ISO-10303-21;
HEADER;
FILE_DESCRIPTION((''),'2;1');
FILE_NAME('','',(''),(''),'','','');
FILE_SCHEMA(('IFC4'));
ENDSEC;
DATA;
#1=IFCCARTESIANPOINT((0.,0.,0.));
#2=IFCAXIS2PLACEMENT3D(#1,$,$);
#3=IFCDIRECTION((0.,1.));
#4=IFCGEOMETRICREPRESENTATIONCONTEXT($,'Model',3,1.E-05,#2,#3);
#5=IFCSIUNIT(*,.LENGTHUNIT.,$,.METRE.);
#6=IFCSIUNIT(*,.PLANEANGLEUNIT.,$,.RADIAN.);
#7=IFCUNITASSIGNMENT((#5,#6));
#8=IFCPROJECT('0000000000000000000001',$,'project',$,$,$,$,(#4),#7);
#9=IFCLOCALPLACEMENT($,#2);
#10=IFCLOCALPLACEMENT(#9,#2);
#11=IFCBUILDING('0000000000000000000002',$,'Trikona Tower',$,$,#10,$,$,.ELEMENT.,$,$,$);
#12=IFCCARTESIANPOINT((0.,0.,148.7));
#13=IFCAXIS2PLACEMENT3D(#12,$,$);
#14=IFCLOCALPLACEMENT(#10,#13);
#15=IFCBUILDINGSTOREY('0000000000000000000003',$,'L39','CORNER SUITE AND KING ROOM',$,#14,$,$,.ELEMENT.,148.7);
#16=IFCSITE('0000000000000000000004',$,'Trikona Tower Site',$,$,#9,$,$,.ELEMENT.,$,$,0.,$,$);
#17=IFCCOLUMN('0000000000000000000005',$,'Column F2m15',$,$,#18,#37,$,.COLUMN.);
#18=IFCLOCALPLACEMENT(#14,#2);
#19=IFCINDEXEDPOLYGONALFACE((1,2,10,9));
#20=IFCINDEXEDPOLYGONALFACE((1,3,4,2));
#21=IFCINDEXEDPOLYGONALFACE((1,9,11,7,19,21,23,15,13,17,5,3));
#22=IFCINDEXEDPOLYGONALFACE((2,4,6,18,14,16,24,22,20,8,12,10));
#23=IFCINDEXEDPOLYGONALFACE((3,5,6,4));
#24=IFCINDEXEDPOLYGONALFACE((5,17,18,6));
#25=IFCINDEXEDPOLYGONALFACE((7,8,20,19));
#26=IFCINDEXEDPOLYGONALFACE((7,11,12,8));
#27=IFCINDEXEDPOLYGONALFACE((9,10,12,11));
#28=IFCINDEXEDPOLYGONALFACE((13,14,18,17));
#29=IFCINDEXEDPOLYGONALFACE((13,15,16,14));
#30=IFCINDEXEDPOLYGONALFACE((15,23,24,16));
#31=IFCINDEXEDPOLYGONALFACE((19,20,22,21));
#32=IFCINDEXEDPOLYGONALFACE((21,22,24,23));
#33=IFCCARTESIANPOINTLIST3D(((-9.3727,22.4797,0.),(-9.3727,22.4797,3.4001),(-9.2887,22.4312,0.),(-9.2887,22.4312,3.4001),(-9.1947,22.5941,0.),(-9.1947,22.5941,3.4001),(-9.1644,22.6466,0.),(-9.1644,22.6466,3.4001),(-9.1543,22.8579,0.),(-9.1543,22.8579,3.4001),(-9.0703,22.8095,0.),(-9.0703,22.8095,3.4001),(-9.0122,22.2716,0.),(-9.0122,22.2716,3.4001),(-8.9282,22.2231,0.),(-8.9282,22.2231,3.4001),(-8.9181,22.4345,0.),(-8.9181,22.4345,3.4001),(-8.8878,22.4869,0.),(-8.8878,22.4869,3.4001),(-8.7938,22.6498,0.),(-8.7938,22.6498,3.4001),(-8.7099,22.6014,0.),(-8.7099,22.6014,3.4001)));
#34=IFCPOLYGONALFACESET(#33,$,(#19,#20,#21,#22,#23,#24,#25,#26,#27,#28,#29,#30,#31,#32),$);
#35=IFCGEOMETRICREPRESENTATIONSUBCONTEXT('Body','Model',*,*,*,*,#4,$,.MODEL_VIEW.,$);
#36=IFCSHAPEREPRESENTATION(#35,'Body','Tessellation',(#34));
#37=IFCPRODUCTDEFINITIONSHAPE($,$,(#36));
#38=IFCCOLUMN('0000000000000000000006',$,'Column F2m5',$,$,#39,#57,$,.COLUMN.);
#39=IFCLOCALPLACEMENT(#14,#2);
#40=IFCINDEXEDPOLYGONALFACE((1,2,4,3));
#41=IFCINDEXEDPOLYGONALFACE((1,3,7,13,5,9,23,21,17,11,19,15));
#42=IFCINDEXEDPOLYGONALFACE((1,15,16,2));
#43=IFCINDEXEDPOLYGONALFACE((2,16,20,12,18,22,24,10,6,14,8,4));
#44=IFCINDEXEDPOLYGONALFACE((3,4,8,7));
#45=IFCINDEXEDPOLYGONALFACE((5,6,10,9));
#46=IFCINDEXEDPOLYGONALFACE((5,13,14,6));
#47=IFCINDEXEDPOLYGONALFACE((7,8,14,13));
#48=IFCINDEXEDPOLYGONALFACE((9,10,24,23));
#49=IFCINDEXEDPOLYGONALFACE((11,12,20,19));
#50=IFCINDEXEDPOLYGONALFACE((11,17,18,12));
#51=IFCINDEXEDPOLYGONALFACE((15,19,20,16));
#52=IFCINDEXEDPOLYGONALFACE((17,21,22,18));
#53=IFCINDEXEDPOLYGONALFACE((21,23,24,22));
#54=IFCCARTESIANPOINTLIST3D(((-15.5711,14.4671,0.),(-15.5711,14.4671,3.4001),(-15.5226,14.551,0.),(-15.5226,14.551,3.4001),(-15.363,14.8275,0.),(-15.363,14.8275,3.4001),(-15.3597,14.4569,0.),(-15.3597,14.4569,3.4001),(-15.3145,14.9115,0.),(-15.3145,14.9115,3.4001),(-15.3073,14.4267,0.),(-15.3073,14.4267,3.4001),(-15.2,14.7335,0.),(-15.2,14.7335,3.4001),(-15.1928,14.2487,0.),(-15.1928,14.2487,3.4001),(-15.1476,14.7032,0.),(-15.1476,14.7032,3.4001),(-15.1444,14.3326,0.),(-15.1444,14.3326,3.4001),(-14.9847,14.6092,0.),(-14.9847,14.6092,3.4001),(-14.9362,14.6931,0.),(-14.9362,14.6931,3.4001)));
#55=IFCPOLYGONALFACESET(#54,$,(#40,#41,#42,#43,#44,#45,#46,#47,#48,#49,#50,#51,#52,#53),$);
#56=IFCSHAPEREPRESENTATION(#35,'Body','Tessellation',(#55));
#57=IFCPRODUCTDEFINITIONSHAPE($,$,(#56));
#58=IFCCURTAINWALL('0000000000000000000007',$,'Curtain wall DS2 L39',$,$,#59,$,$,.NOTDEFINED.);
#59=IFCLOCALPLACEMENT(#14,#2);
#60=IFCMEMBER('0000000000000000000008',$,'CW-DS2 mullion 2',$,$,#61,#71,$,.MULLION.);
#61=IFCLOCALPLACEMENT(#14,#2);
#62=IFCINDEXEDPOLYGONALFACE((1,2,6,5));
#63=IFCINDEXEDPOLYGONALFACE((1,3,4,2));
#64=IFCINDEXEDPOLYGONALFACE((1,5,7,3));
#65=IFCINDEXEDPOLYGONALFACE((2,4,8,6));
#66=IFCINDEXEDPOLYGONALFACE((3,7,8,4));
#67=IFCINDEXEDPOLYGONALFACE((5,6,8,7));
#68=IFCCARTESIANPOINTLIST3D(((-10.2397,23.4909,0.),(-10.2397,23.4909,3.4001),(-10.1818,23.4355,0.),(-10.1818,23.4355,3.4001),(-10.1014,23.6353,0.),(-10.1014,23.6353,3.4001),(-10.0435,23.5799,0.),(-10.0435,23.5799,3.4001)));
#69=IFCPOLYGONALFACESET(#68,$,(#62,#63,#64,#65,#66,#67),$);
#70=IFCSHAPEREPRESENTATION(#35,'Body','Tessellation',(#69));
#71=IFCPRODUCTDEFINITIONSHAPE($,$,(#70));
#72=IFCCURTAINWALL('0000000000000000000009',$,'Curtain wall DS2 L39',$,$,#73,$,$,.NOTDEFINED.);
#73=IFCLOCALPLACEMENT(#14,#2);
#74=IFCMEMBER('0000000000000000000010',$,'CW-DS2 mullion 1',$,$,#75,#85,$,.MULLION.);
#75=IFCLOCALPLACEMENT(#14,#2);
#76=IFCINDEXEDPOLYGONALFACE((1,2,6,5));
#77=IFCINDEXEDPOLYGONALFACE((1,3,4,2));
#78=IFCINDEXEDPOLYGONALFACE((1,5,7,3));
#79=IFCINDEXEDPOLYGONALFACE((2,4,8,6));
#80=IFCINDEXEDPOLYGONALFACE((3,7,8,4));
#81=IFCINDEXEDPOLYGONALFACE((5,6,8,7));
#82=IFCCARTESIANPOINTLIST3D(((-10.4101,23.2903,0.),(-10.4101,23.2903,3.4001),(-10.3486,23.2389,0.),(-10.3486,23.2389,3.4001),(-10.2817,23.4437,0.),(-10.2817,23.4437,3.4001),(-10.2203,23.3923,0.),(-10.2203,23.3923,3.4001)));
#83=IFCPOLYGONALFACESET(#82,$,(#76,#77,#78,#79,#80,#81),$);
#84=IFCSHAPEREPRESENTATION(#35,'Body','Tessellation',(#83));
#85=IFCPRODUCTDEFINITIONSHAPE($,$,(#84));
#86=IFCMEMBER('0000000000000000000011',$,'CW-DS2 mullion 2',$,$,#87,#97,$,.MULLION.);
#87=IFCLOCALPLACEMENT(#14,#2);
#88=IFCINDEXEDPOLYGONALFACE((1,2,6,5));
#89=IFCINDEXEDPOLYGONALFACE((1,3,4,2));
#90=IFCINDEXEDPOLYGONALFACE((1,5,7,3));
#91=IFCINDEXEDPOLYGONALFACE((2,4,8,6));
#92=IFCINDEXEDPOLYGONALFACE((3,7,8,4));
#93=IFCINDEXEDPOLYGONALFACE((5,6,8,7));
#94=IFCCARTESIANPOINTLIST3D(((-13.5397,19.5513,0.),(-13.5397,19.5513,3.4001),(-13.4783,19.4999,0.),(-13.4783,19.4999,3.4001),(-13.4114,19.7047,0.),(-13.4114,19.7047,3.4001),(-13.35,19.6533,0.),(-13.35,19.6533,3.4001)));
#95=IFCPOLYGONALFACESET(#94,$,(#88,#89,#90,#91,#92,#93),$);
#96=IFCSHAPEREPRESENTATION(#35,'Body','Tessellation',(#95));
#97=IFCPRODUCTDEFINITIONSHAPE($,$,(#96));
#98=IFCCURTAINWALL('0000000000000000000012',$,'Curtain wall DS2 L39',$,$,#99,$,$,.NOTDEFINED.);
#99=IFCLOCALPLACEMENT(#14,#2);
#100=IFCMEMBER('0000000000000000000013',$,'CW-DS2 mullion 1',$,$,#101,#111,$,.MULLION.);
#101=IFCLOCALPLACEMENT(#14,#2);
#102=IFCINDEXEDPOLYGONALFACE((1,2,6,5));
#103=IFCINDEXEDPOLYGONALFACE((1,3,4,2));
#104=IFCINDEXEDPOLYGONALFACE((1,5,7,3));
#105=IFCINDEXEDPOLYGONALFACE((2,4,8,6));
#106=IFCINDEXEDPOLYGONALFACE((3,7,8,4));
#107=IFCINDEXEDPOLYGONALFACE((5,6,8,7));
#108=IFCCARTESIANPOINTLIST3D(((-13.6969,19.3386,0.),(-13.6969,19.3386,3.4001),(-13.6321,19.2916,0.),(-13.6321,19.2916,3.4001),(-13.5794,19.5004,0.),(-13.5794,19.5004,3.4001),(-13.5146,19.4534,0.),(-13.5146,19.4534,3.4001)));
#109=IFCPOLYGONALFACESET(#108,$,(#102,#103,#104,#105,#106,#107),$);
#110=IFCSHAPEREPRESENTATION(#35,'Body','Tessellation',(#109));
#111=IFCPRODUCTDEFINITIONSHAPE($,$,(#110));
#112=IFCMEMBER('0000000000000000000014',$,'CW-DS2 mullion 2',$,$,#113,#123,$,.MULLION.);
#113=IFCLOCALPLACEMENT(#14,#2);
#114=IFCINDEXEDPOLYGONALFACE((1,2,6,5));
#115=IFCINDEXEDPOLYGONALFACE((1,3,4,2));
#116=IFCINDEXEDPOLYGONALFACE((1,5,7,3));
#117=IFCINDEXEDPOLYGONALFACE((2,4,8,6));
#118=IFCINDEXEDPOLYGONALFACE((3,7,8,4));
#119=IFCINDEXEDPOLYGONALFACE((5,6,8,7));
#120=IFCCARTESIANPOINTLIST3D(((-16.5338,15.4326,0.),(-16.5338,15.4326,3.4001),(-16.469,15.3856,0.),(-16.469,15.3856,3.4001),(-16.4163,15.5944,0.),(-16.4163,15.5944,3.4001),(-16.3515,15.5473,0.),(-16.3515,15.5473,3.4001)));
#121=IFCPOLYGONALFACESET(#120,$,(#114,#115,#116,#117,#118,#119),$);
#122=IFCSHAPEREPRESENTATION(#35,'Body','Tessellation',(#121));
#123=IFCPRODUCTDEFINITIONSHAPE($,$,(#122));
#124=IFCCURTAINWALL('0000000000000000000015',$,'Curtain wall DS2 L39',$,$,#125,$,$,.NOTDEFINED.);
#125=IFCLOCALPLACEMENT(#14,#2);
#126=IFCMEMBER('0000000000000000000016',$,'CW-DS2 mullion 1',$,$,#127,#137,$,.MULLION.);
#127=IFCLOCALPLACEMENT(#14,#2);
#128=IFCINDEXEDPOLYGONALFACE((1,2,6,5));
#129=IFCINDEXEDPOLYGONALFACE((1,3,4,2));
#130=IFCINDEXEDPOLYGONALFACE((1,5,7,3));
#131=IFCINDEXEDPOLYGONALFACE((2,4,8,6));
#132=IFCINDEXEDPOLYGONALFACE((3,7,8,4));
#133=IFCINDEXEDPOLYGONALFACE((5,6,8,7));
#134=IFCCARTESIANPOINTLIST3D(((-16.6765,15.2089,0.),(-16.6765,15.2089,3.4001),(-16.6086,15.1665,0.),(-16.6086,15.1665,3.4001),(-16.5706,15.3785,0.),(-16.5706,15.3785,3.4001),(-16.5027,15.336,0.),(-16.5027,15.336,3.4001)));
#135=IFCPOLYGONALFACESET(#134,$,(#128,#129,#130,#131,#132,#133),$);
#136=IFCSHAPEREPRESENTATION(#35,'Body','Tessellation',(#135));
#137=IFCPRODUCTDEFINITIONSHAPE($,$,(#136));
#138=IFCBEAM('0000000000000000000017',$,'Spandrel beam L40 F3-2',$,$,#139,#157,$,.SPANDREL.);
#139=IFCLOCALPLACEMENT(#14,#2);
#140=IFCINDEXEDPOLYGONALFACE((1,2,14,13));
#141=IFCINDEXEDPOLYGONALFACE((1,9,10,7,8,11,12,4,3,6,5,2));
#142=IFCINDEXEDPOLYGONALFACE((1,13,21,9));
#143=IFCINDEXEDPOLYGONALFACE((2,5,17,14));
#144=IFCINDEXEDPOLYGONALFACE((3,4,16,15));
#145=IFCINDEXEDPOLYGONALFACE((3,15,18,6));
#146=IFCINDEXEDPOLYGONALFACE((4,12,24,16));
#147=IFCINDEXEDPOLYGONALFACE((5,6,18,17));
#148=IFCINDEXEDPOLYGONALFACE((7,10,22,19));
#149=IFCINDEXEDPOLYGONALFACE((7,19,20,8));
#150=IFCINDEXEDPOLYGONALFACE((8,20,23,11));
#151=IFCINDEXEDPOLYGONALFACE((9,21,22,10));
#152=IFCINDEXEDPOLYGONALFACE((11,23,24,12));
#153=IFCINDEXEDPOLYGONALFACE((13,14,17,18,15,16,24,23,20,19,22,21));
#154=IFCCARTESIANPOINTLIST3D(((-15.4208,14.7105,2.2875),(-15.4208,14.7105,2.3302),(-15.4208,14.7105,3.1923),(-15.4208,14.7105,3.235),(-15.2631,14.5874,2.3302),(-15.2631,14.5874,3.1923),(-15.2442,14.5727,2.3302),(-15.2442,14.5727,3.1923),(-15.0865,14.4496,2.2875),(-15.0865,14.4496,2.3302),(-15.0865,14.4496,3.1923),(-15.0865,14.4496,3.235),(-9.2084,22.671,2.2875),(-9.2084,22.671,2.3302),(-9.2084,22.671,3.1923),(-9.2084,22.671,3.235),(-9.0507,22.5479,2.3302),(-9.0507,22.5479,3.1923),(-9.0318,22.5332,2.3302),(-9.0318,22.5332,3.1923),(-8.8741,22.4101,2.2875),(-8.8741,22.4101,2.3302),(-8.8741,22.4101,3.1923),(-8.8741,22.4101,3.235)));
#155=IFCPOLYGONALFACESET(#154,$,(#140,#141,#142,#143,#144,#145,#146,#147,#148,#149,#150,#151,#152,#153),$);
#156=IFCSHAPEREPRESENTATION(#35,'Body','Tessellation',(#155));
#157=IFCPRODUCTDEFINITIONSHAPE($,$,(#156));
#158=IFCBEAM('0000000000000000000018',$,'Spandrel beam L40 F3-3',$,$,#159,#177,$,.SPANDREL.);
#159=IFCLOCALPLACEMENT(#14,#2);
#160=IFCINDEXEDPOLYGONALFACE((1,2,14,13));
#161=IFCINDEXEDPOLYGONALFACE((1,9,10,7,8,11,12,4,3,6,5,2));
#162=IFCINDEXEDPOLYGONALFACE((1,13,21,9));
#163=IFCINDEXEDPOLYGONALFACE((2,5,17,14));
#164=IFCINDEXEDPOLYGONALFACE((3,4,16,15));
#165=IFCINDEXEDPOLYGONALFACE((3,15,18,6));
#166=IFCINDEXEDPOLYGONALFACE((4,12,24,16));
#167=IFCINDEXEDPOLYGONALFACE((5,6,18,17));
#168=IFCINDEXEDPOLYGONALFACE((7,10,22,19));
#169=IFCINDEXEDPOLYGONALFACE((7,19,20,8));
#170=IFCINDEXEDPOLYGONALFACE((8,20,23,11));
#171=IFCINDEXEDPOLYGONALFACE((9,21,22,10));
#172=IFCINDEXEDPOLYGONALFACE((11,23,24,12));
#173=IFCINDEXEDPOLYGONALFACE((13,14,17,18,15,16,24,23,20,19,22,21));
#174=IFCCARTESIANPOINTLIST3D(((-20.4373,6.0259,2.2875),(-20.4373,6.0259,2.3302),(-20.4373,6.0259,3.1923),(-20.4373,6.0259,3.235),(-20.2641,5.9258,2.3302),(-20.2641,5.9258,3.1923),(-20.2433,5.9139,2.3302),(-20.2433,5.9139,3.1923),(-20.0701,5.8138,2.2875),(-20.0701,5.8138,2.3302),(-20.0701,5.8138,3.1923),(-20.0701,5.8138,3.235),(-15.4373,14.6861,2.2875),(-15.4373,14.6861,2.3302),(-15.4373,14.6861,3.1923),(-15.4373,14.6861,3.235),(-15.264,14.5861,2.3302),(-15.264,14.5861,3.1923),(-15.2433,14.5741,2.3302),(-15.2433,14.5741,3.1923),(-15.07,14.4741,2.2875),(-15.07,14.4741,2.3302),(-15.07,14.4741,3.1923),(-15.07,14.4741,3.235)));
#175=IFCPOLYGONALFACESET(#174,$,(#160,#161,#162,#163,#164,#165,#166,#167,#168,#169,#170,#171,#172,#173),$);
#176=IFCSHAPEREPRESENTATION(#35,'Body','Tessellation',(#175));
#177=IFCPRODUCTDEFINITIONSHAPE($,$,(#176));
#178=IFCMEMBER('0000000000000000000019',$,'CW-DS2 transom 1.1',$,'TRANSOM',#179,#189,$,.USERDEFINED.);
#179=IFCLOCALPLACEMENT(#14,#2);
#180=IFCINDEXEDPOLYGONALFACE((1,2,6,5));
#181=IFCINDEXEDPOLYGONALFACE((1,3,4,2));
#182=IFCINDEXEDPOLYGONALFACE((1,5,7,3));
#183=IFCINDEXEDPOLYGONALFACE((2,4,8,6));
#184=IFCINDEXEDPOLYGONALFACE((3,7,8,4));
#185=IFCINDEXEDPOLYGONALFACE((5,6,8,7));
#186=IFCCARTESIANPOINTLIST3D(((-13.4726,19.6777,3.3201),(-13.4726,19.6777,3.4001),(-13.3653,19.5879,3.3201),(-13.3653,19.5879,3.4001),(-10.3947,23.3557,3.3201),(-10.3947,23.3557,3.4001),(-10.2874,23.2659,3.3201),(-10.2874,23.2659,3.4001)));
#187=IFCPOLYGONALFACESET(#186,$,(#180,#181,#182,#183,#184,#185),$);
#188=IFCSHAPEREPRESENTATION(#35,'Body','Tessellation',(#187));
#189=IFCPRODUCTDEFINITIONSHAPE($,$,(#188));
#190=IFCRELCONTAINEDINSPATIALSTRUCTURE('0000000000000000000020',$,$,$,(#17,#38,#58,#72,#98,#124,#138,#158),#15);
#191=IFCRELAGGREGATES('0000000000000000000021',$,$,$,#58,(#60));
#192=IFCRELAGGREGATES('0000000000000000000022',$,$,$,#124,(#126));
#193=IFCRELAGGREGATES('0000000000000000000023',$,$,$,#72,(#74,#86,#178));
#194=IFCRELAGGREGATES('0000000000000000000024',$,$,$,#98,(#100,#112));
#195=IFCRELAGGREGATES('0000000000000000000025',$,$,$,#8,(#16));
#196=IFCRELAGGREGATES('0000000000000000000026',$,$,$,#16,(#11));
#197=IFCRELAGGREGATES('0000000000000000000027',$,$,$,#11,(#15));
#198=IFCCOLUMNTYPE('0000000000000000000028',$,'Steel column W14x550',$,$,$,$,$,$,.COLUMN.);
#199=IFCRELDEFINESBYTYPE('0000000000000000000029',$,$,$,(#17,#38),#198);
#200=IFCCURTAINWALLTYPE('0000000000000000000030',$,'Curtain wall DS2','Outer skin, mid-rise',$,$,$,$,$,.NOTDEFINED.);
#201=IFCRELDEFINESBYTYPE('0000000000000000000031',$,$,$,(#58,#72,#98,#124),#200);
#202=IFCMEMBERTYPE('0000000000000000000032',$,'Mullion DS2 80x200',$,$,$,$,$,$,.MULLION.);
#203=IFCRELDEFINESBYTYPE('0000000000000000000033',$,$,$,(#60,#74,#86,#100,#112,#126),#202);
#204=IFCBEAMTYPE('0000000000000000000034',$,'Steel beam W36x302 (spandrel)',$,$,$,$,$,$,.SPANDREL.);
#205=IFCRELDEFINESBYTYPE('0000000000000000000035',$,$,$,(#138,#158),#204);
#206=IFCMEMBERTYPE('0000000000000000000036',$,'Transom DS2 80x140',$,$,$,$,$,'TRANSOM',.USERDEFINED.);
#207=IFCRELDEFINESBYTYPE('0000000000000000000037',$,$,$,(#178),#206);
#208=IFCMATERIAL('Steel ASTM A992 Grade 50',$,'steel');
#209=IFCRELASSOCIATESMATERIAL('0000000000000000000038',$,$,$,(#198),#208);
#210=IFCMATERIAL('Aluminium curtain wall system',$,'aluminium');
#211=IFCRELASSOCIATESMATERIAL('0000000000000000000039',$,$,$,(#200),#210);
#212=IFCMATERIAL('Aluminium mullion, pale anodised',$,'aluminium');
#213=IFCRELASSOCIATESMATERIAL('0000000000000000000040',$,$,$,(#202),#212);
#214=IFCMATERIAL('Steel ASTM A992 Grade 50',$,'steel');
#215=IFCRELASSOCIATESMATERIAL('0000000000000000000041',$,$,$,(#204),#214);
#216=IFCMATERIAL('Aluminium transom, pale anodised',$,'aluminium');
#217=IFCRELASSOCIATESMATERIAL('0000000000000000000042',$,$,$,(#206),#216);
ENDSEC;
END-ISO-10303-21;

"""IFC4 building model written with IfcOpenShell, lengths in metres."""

from ifc_helpers import new_model, si_unit, direction, frame, origin, origin_2d, place, context, subcontext, project, spatial, rectangle, i_section, extrude, material, material_profile, profile_set, type_object, element, aggregate, save


model = new_model("IFC4")

# Units and contexts
model_context = context("Model", 3, precision=1e-05, world=origin(), true_north=direction((0.0, 1.0)))
body_context = subcontext(model_context, "Body", "Model", "MODEL_VIEW")
ifc_project = project(units=[si_unit("LENGTHUNIT", "METRE"), si_unit("PLANEANGLEUNIT", "RADIAN")], contexts=[model_context])

# Site, building, storey
site_placement = place(None, origin())
site = spatial("IfcSite", under=ifc_project, at=site_placement, Name="Trikona Tower Site", CompositionType="ELEMENT", RefElevation=0.0)
building_placement = place(site_placement, origin())
building = spatial("IfcBuilding", under=site, at=building_placement, Name="Trikona Tower", CompositionType="ELEMENT")
storey_placement = place(building_placement, frame((0.0, 0.0, 148.7)))
storey = spatial("IfcBuildingStorey", under=building, at=storey_placement, Name="L39", Description="CORNER SUITE AND KING ROOM", CompositionType="ELEMENT", Elevation=148.7)

# Columns
ifc_material_1 = material(Name="Steel ASTM A992 Grade 50", Category="steel")
ifc_material_profile_1 = material_profile(ifc_material_1, i_section(OverallWidth=0.4368, OverallDepth=0.5132, WebThickness=0.0605, FlangeThickness=0.0969, at=origin_2d()), Name="W14X550")
ifc_profile_set_1 = profile_set([ifc_material_profile_1], Name="Steel ASTM A992 Grade 50")
column_type = type_object("IfcColumnType", Name="Steel column W14x550", PredefinedType="COLUMN", material=ifc_profile_set_1)
for number, where, z_axis, x_axis, name in (
    (1, (-9.0413, 22.5405, 0.0), (0.0, 0.0, 1.0), (-0.5, -0.866025, 0.0), "Column F2m15"),
    (2, (-15.2537, 14.5801, 0.0), (0.0, 0.0, 1.0), (-0.866025, 0.5, 0.0), "Column F2m5"),
):
    element("IfcColumn", number, at=place(storey_placement, frame(where, z_axis=z_axis, x_axis=x_axis)), inside=storey, type_object=column_type, Name=name, PredefinedType="COLUMN", context=body_context, shape_type="SweptSolid", body=[
        extrude(i_section(OverallWidth=0.4368, OverallDepth=0.5132, WebThickness=0.0605, FlangeThickness=0.0969, at=origin_2d()), origin(), (0.0, 0.0, 1.0), 3.4001),
    ])

# Curtain wall, member
ifc_material_2 = material(Name="Aluminium curtain wall system", Category="aluminium")
curtain_wall_type = type_object("IfcCurtainWallType", Name="Curtain wall DS2", Description="Outer skin, mid-rise", PredefinedType="NOTDEFINED", material=ifc_material_2)
curtain_wall_1_placement = place(storey_placement, origin())
curtain_wall_1 = element("IfcCurtainWall", 3, at=curtain_wall_1_placement, inside=storey, type_object=curtain_wall_type, Name="Curtain wall DS2 L39", PredefinedType="NOTDEFINED")
ifc_material_3 = material(Name="Aluminium mullion, pale anodised", Category="aluminium")
ifc_material_profile_2 = material_profile(ifc_material_3, rectangle(XDim=0.0801, YDim=0.2, at=origin_2d()), Name="MUL-DS2")
ifc_profile_set_2 = profile_set([ifc_material_profile_2], Name="Aluminium mullion, pale anodised")
member_type_1 = type_object("IfcMemberType", Name="Mullion DS2 80x200", PredefinedType="MULLION", material=ifc_profile_set_2)
member_1_placement = place(storey_placement, frame((-10.1416, 23.5354, 0.0), z_axis=(0.0, 0.0, 1.0), x_axis=(0.722158, -0.691728, 0.0)))
member_1 = element("IfcMember", 4, at=member_1_placement, type_object=member_type_1, Name="CW-DS2 mullion 2", PredefinedType="MULLION", context=body_context, shape_type="SweptSolid", body=[
    extrude(rectangle(XDim=0.0801, YDim=0.2, at=origin_2d()), origin(), (0.0, 0.0, 1.0), 3.4001),
])
aggregate(curtain_wall_1, [member_1])

# Curtain walls, members
curtain_wall_2_placement = place(storey_placement, origin())
curtain_wall_2 = element("IfcCurtainWall", 5, at=curtain_wall_2_placement, inside=storey, type_object=curtain_wall_type, Name="Curtain wall DS2 L39", PredefinedType="NOTDEFINED")
member_2_placement = place(storey_placement, frame((-10.3152, 23.3413, 0.0), z_axis=(0.0, 0.0, 1.0), x_axis=(0.766867, -0.641806, 0.0)))
member_2 = element("IfcMember", 6, at=member_2_placement, type_object=member_type_1, Name="CW-DS2 mullion 1", PredefinedType="MULLION", context=body_context, shape_type="SweptSolid", body=[
    extrude(rectangle(XDim=0.0801, YDim=0.2, at=origin_2d()), origin(), (0.0, 0.0, 1.0), 3.4001),
])
member_3_placement = place(storey_placement, frame((-13.4448, 19.6023, 0.0), z_axis=(0.0, 0.0, 1.0), x_axis=(0.766867, -0.641806, 0.0)))
member_3 = element("IfcMember", 7, at=member_3_placement, type_object=member_type_1, Name="CW-DS2 mullion 2", PredefinedType="MULLION", context=body_context, shape_type="SweptSolid", body=[
    extrude(rectangle(XDim=0.0801, YDim=0.2, at=origin_2d()), origin(), (0.0, 0.0, 1.0), 3.4001),
])
curtain_wall_3_placement = place(storey_placement, origin())
curtain_wall_3 = element("IfcCurtainWall", 8, at=curtain_wall_3_placement, inside=storey, type_object=curtain_wall_type, Name="Curtain wall DS2 L39", PredefinedType="NOTDEFINED")
member_4_placement = place(storey_placement, frame((-13.6057, 19.396, 0.0), z_axis=(0.0, 0.0, 1.0), x_axis=(0.809086, -0.587691, 0.0)))
member_4 = element("IfcMember", 9, at=member_4_placement, type_object=member_type_1, Name="CW-DS2 mullion 1", PredefinedType="MULLION", context=body_context, shape_type="SweptSolid", body=[
    extrude(rectangle(XDim=0.0801, YDim=0.2, at=origin_2d()), origin(), (0.0, 0.0, 1.0), 3.4001),
])
member_5_placement = place(storey_placement, frame((-16.4426, 15.49, 0.0), z_axis=(0.0, 0.0, 1.0), x_axis=(0.809086, -0.587691, 0.0)))
member_5 = element("IfcMember", 10, at=member_5_placement, type_object=member_type_1, Name="CW-DS2 mullion 2", PredefinedType="MULLION", context=body_context, shape_type="SweptSolid", body=[
    extrude(rectangle(XDim=0.0801, YDim=0.2, at=origin_2d()), origin(), (0.0, 0.0, 1.0), 3.4001),
])

# Curtain wall, member
curtain_wall_4_placement = place(storey_placement, origin())
curtain_wall_4 = element("IfcCurtainWall", 11, at=curtain_wall_4_placement, inside=storey, type_object=curtain_wall_type, Name="Curtain wall DS2 L39", PredefinedType="NOTDEFINED")
member_6_placement = place(storey_placement, frame((-16.5896, 15.2725, 0.0), z_axis=(0.0, 0.0, 1.0), x_axis=(0.847998, -0.529999, 0.0)))
member_6 = element("IfcMember", 12, at=member_6_placement, type_object=member_type_1, Name="CW-DS2 mullion 1", PredefinedType="MULLION", context=body_context, shape_type="SweptSolid", body=[
    extrude(rectangle(XDim=0.0801, YDim=0.2, at=origin_2d()), origin(), (0.0, 0.0, 1.0), 3.4001),
])

# Beams
ifc_material_4 = material(Name="Steel ASTM A992 Grade 50", Category="steel")
ifc_material_profile_3 = material_profile(ifc_material_4, i_section(OverallWidth=0.4241, OverallDepth=0.9475, WebThickness=0.0239, FlangeThickness=0.0427, at=origin_2d()), Name="W36X302")
ifc_profile_set_3 = profile_set([ifc_material_profile_3], Name="Steel ASTM A992 Grade 50")
beam_type = type_object("IfcBeamType", Name="Steel beam W36x302 (spandrel)", PredefinedType="SPANDREL", material=ifc_profile_set_3)
beam_1_placement = place(storey_placement, frame((-9.0413, 22.5405, 2.7612), z_axis=(-0.615232, -0.788346, 0.0), x_axis=(0.788346, -0.615232, 0.0)))
element("IfcBeam", 13, at=beam_1_placement, inside=storey, type_object=beam_type, Name="Spandrel beam L40 F3-2", PredefinedType="SPANDREL", context=body_context, shape_type="SweptSolid", body=[
    extrude(i_section(OverallWidth=0.4241, OverallDepth=0.9475, WebThickness=0.0239, FlangeThickness=0.0427, at=origin_2d()), origin(), (0.0, 0.0, 1.0), 10.0977),
])
beam_2_placement = place(storey_placement, frame((-15.2537, 14.5801, 2.7612), z_axis=(-0.500004, -0.866023, 0.0), x_axis=(0.866023, -0.500004, 0.0)))
element("IfcBeam", 14, at=beam_2_placement, inside=storey, type_object=beam_type, Name="Spandrel beam L40 F3-3", PredefinedType="SPANDREL", context=body_context, shape_type="SweptSolid", body=[
    extrude(i_section(OverallWidth=0.4241, OverallDepth=0.9475, WebThickness=0.0239, FlangeThickness=0.0427, at=origin_2d()), origin(), (0.0, 0.0, 1.0), 10.0),
])

# Member
ifc_material_5 = material(Name="Aluminium transom, pale anodised", Category="aluminium")
ifc_material_profile_4 = material_profile(ifc_material_5, rectangle(XDim=0.1399, YDim=0.0801, at=origin_2d()), Name="TRN-DS2")
ifc_profile_set_4 = profile_set([ifc_material_profile_4], Name="Aluminium transom, pale anodised")
member_type_2 = type_object("IfcMemberType", Name="Transom DS2 80x140", ElementType="TRANSOM", PredefinedType="USERDEFINED", material=ifc_profile_set_4)
member_7_placement = place(storey_placement, frame((-10.3411, 23.3108, 3.3601), z_axis=(-0.64177, -0.766897, 0.0), x_axis=(0.766897, -0.64177, 0.0)))
member_7 = element("IfcMember", 15, at=member_7_placement, type_object=member_type_2, Name="CW-DS2 transom 1.1", ObjectType="TRANSOM", PredefinedType="USERDEFINED", context=body_context, shape_type="SweptSolid", body=[
    extrude(rectangle(XDim=0.1399, YDim=0.0801, at=origin_2d()), origin(), (0.0, 0.0, 1.0), 4.7959),
])
aggregate(curtain_wall_4, [member_6])

aggregate(curtain_wall_2, [member_2, member_3, member_7])
aggregate(curtain_wall_3, [member_4, member_5])

save(model, "model.ifc")
